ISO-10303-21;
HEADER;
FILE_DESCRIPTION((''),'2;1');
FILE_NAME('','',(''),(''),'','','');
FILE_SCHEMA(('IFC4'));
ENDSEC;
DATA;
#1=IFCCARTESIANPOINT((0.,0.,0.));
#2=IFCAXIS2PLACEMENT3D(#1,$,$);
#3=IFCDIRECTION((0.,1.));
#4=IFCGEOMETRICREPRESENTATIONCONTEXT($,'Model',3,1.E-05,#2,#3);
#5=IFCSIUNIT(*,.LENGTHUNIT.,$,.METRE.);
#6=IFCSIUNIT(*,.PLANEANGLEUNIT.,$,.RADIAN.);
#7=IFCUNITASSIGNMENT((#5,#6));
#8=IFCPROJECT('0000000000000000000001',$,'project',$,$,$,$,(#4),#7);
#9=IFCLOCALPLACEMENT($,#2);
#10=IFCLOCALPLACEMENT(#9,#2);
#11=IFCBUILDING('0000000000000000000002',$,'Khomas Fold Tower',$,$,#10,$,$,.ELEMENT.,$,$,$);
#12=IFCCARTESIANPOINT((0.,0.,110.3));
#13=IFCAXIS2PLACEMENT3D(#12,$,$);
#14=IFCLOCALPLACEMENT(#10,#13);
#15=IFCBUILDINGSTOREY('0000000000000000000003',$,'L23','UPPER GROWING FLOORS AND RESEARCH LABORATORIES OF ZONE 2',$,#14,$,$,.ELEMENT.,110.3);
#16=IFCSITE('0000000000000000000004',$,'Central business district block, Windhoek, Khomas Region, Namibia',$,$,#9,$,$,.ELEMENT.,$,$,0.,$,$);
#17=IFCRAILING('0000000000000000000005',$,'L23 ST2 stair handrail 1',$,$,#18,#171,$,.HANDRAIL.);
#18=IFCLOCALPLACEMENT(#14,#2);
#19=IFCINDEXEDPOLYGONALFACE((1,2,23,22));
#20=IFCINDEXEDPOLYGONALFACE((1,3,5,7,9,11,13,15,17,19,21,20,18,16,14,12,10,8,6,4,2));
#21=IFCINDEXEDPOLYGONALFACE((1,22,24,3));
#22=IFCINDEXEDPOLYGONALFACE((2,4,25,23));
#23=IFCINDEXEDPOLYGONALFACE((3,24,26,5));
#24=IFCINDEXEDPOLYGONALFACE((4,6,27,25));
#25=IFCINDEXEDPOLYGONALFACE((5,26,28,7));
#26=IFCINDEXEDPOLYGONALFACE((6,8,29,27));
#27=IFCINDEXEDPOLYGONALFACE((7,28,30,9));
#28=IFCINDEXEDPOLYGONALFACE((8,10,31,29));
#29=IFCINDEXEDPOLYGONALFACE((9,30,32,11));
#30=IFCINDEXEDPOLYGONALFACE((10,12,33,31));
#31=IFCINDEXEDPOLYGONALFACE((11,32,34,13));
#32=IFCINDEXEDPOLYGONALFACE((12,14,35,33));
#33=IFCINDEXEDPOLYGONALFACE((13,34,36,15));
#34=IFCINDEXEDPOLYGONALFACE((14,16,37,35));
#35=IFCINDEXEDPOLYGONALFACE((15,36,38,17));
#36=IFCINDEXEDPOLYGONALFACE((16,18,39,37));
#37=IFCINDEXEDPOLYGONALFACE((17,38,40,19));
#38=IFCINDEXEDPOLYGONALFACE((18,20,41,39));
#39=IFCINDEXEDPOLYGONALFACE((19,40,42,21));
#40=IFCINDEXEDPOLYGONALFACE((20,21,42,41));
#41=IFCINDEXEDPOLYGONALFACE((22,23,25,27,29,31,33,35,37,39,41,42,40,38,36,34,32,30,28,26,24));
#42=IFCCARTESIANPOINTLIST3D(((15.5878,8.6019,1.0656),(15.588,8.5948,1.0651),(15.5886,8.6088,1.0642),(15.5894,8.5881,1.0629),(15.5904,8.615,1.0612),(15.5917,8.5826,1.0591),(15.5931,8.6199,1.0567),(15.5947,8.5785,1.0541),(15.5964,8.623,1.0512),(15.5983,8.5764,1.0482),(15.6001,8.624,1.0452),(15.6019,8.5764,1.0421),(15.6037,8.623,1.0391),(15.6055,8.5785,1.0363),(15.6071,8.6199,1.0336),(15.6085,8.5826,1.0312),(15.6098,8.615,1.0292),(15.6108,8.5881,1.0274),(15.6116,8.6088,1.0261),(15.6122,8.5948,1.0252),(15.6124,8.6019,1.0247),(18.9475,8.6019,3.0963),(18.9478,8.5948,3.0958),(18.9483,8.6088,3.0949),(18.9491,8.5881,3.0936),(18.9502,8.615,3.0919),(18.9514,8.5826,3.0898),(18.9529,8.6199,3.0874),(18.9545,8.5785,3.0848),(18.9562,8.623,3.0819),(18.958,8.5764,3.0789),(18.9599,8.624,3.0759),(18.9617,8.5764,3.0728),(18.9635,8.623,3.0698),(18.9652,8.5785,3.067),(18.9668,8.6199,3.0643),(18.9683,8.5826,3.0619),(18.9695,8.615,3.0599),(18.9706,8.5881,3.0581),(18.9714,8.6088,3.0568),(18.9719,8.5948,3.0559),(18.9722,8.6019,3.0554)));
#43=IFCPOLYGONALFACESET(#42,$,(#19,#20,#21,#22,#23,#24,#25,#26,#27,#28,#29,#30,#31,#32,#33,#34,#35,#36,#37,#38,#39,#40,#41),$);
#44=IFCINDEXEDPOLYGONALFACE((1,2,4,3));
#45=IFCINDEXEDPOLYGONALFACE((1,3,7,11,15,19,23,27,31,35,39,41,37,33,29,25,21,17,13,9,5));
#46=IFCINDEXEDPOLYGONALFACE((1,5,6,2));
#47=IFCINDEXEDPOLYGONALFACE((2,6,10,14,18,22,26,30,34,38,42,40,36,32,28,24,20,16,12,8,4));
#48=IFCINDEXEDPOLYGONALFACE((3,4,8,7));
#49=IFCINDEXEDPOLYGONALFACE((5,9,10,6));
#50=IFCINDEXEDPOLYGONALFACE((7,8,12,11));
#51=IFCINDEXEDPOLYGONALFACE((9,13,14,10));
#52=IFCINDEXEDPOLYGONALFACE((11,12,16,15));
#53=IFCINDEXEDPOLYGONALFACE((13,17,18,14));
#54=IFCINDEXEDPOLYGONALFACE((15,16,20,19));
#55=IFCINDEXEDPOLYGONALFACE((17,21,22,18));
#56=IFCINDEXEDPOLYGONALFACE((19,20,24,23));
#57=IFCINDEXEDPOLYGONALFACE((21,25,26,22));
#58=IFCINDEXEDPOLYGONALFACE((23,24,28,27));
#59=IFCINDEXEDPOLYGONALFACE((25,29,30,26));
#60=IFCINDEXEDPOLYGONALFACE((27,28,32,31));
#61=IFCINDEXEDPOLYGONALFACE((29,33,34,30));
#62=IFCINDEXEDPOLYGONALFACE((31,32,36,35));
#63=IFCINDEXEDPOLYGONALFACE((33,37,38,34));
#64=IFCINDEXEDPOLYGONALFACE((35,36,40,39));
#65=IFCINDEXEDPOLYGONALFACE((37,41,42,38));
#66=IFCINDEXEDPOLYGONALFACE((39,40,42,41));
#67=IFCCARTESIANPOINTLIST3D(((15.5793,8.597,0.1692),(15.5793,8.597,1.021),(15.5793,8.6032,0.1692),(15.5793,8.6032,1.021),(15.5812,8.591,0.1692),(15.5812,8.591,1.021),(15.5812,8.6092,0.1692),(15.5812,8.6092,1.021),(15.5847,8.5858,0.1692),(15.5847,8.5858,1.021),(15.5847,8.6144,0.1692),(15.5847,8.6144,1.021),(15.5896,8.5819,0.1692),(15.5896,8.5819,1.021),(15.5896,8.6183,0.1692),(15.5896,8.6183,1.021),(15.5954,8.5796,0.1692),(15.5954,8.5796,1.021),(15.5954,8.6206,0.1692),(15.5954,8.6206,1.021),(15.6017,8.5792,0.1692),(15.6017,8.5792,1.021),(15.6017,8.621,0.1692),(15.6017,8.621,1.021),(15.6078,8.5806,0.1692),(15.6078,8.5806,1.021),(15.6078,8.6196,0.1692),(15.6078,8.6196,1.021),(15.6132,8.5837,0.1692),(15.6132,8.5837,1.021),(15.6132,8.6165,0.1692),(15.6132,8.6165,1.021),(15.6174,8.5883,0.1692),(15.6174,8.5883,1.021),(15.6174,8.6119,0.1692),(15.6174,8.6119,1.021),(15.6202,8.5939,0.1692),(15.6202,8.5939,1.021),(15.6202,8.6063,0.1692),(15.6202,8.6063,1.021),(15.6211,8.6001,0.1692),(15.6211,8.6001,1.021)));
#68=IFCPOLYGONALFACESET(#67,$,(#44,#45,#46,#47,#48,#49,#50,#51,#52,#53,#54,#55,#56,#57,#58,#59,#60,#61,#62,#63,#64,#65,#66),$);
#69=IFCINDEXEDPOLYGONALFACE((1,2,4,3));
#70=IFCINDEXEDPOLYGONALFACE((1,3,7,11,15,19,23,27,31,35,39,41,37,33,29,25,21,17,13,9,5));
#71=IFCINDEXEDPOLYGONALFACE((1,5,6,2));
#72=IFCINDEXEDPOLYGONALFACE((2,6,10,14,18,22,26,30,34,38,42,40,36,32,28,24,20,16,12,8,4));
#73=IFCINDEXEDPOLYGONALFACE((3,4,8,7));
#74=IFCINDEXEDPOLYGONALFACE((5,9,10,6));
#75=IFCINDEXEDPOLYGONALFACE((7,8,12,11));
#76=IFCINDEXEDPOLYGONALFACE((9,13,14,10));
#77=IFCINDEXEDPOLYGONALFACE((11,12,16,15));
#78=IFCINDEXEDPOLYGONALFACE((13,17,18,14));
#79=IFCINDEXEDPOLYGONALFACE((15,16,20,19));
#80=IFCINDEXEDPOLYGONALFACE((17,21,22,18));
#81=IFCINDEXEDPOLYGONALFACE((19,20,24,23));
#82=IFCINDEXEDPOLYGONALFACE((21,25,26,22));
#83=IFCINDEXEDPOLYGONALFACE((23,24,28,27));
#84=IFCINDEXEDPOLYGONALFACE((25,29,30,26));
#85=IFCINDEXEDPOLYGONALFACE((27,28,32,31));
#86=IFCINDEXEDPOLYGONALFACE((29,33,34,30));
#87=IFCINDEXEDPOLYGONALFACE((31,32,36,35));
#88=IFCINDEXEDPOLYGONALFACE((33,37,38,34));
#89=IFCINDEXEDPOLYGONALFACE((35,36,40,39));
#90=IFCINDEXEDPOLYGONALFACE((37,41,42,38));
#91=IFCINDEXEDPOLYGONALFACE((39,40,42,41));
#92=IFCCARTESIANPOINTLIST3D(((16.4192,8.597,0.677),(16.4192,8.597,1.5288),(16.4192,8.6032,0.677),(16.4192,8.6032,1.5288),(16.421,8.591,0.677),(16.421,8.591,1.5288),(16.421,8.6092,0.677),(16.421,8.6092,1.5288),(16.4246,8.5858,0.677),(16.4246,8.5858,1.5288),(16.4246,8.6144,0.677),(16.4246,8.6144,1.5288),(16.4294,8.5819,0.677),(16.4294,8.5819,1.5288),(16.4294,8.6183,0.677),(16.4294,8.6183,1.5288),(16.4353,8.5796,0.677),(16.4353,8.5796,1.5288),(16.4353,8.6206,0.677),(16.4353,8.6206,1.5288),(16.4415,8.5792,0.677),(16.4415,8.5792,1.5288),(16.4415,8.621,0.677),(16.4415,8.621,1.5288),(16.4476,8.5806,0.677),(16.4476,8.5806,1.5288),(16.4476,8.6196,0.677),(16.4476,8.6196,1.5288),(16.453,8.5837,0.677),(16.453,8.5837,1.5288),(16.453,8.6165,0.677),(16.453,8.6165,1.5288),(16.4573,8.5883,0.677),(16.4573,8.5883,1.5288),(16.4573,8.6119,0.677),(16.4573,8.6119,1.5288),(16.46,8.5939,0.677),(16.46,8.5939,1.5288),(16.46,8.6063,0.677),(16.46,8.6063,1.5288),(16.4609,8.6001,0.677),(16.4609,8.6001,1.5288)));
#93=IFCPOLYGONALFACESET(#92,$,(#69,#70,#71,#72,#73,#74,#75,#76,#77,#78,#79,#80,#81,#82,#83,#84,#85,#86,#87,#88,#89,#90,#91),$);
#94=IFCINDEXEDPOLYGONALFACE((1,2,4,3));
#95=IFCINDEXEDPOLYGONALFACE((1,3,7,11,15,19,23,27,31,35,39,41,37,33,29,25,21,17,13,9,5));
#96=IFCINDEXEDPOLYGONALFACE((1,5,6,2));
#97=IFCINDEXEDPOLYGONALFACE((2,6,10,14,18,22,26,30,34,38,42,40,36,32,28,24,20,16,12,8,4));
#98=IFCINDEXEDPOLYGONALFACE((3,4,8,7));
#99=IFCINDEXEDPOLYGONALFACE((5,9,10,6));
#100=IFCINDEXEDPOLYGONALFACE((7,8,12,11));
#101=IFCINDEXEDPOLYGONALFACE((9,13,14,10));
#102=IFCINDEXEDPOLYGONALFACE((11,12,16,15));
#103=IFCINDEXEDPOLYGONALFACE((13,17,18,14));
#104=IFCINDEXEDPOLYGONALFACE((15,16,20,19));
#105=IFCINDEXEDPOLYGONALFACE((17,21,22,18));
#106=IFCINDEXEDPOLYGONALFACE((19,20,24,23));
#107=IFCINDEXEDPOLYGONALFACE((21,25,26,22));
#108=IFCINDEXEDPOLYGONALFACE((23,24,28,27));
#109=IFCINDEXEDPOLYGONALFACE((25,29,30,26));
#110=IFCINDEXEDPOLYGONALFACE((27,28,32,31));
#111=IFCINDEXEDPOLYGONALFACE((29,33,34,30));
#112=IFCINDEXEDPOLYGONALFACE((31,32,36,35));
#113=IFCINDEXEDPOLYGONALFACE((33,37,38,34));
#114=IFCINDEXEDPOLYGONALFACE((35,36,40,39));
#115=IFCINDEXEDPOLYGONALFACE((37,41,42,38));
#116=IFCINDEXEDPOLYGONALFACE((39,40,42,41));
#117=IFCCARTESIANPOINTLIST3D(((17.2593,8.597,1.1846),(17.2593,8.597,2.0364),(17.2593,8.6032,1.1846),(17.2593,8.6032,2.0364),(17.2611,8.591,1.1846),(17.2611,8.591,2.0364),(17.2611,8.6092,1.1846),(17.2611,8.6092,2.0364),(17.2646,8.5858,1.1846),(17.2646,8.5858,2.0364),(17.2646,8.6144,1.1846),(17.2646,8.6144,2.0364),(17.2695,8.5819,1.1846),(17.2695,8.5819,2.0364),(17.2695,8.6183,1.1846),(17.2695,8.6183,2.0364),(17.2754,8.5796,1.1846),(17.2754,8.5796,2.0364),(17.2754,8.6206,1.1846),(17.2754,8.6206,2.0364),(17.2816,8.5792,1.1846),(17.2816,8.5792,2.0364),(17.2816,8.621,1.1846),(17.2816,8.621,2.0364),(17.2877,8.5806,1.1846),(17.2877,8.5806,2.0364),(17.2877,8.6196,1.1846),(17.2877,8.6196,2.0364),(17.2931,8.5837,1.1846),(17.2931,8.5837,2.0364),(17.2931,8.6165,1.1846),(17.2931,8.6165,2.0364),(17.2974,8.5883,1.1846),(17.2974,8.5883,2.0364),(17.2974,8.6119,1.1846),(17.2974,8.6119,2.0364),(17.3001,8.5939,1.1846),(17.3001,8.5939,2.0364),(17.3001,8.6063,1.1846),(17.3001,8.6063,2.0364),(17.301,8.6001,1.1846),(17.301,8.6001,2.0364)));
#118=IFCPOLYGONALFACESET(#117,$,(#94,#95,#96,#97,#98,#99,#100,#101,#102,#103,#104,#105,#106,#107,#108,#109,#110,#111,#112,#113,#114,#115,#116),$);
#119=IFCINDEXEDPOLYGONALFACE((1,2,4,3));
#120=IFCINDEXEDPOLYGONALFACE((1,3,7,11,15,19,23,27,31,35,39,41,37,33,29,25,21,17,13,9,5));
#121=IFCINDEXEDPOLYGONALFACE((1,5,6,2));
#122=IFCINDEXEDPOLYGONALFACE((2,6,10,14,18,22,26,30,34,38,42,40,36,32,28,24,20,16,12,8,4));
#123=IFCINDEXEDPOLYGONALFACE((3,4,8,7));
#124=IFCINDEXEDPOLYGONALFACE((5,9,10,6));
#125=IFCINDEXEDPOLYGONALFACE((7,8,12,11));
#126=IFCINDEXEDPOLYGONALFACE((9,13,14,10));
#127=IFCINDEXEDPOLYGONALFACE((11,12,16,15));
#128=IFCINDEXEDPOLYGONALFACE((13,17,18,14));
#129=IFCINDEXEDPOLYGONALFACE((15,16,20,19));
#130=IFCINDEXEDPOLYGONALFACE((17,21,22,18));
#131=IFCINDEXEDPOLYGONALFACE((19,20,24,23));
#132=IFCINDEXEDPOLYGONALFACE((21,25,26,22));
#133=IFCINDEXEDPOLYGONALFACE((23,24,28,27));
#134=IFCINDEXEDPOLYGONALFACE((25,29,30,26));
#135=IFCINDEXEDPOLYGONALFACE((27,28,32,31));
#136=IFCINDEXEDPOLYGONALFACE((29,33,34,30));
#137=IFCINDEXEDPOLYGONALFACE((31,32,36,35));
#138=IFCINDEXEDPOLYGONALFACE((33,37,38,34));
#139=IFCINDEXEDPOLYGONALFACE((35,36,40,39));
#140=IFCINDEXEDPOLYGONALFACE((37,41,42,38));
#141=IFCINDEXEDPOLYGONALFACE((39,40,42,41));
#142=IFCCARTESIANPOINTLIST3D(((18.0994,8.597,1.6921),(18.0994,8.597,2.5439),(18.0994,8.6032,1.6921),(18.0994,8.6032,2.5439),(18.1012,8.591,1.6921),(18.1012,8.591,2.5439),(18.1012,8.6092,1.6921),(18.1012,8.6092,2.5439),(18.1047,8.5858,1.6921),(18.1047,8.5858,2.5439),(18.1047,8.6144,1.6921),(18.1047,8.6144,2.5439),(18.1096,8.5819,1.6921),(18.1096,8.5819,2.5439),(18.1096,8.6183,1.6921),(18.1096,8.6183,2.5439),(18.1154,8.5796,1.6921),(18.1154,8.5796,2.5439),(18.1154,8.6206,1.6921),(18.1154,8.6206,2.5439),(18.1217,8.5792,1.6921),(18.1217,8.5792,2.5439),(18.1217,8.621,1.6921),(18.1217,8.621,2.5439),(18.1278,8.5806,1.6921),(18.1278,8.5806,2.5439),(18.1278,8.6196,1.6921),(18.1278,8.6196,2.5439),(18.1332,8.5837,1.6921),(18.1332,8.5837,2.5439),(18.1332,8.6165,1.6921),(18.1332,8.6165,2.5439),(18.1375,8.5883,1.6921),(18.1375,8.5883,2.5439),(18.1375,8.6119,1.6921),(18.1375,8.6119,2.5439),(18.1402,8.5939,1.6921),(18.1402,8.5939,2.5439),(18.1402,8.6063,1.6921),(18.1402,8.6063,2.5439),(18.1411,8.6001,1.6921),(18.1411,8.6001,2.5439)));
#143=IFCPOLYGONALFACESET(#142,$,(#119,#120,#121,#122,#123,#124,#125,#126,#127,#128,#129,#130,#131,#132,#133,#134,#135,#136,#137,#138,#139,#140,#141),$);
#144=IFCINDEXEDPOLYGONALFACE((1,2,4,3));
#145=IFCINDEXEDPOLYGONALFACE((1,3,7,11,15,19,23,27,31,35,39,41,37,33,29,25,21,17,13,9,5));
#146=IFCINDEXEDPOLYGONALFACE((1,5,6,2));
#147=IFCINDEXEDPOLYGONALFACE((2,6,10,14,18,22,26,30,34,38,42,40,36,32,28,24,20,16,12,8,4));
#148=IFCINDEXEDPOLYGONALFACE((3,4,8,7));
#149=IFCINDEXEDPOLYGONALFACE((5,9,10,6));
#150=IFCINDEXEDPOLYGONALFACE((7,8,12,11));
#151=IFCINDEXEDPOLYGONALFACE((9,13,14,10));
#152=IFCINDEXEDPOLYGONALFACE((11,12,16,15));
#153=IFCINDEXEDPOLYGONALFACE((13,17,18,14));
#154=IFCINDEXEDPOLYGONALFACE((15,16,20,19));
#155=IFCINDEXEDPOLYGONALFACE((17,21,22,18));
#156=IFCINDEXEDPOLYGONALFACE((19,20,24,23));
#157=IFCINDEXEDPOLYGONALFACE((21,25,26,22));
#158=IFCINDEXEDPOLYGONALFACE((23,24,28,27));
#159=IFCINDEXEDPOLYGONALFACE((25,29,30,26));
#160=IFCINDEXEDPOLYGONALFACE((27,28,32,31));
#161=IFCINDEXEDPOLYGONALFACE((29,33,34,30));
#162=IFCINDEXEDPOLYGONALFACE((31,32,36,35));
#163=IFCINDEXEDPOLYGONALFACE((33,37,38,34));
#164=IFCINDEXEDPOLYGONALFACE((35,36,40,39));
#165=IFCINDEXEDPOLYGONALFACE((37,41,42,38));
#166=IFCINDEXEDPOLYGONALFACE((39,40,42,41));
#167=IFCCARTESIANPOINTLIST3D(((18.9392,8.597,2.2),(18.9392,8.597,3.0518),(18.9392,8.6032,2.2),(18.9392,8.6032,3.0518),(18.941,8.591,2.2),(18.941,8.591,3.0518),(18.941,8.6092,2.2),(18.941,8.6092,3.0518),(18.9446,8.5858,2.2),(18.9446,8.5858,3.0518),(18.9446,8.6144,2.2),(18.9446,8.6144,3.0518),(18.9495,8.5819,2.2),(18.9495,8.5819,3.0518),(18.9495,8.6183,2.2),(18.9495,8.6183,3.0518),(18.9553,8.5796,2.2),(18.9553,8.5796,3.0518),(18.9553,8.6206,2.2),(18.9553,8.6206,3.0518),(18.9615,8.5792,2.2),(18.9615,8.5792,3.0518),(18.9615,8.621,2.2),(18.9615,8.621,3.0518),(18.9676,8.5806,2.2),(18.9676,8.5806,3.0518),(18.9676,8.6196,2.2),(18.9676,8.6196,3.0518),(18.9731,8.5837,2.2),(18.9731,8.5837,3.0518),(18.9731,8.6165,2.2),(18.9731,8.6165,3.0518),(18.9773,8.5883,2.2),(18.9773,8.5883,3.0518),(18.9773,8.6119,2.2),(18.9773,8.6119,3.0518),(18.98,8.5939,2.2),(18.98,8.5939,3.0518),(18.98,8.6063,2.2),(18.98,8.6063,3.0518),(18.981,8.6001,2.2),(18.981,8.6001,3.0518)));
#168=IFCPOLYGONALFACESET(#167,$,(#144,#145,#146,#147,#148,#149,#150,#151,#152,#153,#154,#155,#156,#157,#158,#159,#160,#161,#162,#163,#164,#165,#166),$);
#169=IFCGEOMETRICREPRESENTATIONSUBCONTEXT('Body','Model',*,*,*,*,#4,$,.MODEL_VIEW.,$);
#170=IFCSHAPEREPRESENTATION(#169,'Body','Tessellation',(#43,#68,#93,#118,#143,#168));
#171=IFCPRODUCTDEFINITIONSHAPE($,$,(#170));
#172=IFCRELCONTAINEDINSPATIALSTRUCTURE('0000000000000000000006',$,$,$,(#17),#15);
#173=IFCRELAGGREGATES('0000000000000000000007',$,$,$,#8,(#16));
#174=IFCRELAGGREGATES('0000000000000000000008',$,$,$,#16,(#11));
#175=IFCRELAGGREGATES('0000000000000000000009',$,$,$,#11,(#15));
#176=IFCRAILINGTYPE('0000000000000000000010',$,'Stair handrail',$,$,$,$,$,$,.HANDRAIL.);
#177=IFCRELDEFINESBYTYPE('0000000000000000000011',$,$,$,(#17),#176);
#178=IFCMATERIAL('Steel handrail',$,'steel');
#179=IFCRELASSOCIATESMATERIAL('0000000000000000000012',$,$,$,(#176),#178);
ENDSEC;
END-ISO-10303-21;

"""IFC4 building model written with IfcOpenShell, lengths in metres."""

from ifc_helpers import new_model, si_unit, direction, frame, origin, origin_2d, place, context, subcontext, project, spatial, circle, extrude, source, transform, mapped, material, type_object, element, save


model = new_model("IFC4")

# Units and contexts
model_context = context("Model", 3, precision=1e-05, world=origin(), true_north=direction((0.0, 1.0)))
body_context = subcontext(model_context, "Body", "Model", "MODEL_VIEW")
ifc_project = project(units=[si_unit("LENGTHUNIT", "METRE"), si_unit("PLANEANGLEUNIT", "RADIAN")], contexts=[model_context])

# Site, building, storey
site_placement = place(None, origin())
site = spatial("IfcSite", under=ifc_project, at=site_placement, Name="Central business district block, Windhoek, Khomas Region, Namibia", CompositionType="ELEMENT", RefElevation=0.0)
building_placement = place(site_placement, origin())
building = spatial("IfcBuilding", under=site, at=building_placement, Name="Khomas Fold Tower", CompositionType="ELEMENT")
storey_placement = place(building_placement, frame((0.0, 0.0, 110.3)))
storey = spatial("IfcBuildingStorey", under=building, at=storey_placement, Name="L23", Description="UPPER GROWING FLOORS AND RESEARCH LABORATORIES OF ZONE 2", CompositionType="ELEMENT", Elevation=110.3)

# Railing
ifc_material_1 = material(Name="Steel handrail", Category="steel")
railing_type_1 = type_object("IfcRailingType", Name="Stair handrail", PredefinedType="HANDRAIL", material=ifc_material_1)
shared_shape_1 = source(origin(), body_context, "Body", "SweptSolid", [
    extrude(circle(Radius=0.0239, at=origin_2d()), frame((0.0, 0.0, 0.876), z_axis=(0.85582, 0.0, 0.517273), x_axis=(0.0, 1.0, 0.0)), (0.0, 0.0, 1.0), 3.9258),
    extrude(circle(Radius=0.021, at=origin_2d()), origin(), (0.0, 0.0, 1.0), 0.8518),
    extrude(circle(Radius=0.021, at=origin_2d()), frame((0.8398, 0.0, 0.5078)), (0.0, 0.0, 1.0), 0.8518),
    extrude(circle(Radius=0.021, at=origin_2d()), frame((1.6799, 0.0, 1.0154)), (0.0, 0.0, 1.0), 0.8518),
    extrude(circle(Radius=0.021, at=origin_2d()), frame((2.52, 0.0, 1.5229)), (0.0, 0.0, 1.0), 0.8518),
    extrude(circle(Radius=0.021, at=origin_2d()), frame((3.3599, 0.0, 2.0308)), (0.0, 0.0, 1.0), 0.8518),
])
railing_1_placement = place(storey_placement, frame((15.6001, 8.6001, 0.1692)))
element("IfcRailing", 1, at=railing_1_placement, inside=storey, type_object=railing_type_1, Name="L23 ST2 stair handrail 1", PredefinedType="HANDRAIL", context=body_context, shape_type="MappedRepresentation", body=[
    mapped(shared_shape_1, transform((0.0, 0.0, 0.0))),
])

save(model, "model.ifc")
